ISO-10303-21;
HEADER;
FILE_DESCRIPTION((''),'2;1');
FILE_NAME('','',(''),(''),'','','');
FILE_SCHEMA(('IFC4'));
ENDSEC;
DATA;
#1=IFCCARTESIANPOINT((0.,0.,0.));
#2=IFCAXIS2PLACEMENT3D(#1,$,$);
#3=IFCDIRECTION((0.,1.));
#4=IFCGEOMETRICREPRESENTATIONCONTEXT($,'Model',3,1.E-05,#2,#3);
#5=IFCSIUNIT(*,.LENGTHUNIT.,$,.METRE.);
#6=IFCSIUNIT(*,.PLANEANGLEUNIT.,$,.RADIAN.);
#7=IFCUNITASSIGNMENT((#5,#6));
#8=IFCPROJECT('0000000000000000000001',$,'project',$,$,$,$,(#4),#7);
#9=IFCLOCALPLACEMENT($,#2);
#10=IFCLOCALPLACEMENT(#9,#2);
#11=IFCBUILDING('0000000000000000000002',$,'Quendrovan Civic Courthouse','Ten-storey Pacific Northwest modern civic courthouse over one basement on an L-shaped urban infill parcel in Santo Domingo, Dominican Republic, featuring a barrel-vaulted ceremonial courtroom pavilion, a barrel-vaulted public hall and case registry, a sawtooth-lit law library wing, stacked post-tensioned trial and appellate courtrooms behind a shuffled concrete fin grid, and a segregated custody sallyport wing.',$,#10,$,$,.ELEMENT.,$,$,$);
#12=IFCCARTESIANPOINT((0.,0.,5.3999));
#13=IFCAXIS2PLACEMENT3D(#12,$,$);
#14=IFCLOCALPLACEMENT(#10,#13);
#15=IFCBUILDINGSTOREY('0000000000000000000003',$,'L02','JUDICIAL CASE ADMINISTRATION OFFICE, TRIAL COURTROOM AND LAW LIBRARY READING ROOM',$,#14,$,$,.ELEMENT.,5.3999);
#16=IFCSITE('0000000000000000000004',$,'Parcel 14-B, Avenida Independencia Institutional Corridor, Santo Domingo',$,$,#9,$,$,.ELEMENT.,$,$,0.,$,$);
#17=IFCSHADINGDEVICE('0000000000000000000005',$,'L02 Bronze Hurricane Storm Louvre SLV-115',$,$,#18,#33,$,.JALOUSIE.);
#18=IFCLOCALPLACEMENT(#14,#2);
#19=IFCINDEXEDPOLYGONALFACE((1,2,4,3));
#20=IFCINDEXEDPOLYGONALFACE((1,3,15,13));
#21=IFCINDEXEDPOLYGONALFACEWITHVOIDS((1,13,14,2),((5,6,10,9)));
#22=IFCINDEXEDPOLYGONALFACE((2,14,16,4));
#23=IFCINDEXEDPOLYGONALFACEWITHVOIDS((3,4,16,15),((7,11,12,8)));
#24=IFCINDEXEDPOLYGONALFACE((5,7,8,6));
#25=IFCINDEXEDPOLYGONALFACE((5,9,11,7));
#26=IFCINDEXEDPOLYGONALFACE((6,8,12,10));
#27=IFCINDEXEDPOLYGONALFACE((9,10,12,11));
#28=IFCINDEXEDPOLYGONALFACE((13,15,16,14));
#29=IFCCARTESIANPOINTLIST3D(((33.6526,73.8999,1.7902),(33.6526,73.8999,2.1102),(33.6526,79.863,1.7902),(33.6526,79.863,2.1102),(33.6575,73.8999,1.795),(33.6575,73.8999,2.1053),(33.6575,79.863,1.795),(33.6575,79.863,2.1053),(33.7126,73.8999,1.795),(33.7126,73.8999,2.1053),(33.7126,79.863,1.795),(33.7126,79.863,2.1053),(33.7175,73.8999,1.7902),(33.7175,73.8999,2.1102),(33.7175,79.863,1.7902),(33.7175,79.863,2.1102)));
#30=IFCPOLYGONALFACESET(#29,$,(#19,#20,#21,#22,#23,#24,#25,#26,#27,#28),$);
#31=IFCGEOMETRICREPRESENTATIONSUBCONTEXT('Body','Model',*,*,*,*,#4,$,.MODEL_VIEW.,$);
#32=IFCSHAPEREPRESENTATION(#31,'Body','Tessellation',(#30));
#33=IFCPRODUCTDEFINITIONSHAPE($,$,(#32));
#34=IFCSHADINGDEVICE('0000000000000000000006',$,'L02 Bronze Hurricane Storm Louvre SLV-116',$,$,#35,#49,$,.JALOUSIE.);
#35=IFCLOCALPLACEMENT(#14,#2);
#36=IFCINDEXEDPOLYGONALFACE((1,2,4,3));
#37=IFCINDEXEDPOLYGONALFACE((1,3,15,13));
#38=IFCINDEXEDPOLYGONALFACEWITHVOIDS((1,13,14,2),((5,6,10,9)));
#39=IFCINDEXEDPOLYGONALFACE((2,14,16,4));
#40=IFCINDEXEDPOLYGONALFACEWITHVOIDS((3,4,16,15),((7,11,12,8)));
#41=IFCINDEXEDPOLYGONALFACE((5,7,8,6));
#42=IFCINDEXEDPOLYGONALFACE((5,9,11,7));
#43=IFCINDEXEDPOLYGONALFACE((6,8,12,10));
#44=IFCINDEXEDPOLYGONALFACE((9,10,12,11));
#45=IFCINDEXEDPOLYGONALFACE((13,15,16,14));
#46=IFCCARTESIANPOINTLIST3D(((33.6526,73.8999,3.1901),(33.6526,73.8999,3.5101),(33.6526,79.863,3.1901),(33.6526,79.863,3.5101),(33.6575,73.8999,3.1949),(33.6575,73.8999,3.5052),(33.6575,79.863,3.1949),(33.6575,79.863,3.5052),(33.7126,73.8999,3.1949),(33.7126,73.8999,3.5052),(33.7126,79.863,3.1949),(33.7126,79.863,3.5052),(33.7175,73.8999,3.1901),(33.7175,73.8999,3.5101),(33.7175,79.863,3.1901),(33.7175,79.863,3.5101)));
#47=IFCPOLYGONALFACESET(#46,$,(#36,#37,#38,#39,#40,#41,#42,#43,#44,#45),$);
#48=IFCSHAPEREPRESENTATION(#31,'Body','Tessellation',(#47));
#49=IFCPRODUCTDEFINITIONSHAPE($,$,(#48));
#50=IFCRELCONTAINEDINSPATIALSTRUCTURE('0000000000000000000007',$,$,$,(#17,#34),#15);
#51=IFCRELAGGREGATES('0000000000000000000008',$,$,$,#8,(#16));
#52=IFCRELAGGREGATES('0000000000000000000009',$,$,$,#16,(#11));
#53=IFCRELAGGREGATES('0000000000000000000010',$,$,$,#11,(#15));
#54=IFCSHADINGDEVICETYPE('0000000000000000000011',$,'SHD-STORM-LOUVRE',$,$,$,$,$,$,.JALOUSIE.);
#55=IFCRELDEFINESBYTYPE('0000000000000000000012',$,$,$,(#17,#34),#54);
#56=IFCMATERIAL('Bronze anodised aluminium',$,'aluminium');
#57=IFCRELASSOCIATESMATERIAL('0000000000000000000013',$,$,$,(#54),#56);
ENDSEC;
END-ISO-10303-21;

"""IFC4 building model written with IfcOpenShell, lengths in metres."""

from ifc_helpers import new_model, si_unit, direction, frame, origin, origin_2d, place, context, subcontext, project, spatial, hollow_rectangle, extrude, material, material_profile, profile_set, type_object, element, save


model = new_model("IFC4")

# Units and contexts
model_context = context("Model", 3, precision=1e-05, world=origin(), true_north=direction((0.0, 1.0)))
body_context = subcontext(model_context, "Body", "Model", "MODEL_VIEW")
ifc_project = project(units=[si_unit("LENGTHUNIT", "METRE"), si_unit("PLANEANGLEUNIT", "RADIAN")], contexts=[model_context])

# Site, building, storey
site_placement = place(None, origin())
site = spatial("IfcSite", under=ifc_project, at=site_placement, Name="Parcel 14-B, Avenida Independencia Institutional Corridor, Santo Domingo", CompositionType="ELEMENT", RefElevation=0.0)
building_placement = place(site_placement, origin())
building = spatial("IfcBuilding", under=site, at=building_placement, Name="Quendrovan Civic Courthouse", Description="Ten-storey Pacific Northwest modern civic courthouse over one basement on an L-shaped urban infill parcel in Santo Domingo, Dominican Republic, featuring a barrel-vaulted ceremonial courtroom pavilion, a barrel-vaulted public hall and case registry, a sawtooth-lit law library wing, stacked post-tensioned trial and appellate courtrooms behind a shuffled concrete fin grid, and a segregated custody sallyport wing.", CompositionType="ELEMENT")
storey_placement = place(building_placement, frame((0.0, 0.0, 5.3999)))
storey = spatial("IfcBuildingStorey", under=building, at=storey_placement, Name="L02", Description="JUDICIAL CASE ADMINISTRATION OFFICE, TRIAL COURTROOM AND LAW LIBRARY READING ROOM", CompositionType="ELEMENT", Elevation=5.3999)

# Shared definitions
ifc_material_1 = material(Name="Bronze anodised aluminium", Category="aluminium")

# Shading devices
ifc_material_profile_1 = material_profile(ifc_material_1, hollow_rectangle(XDim=0.0649, YDim=0.3201, WallThickness=0.0049, at=origin_2d()), Name="AL-LOUVRE-65x320")
ifc_profile_set_1 = profile_set([ifc_material_profile_1], Name="Bronze anodised aluminium")
shading_device_type = type_object("IfcShadingDeviceType", Name="SHD-STORM-LOUVRE", PredefinedType="JALOUSIE", material=ifc_profile_set_1)
for number, where, z_axis, x_axis, name in (
    (1, (33.6851, 73.8999, 1.9502), (0.0, 1.0, 0.0), (-1.0, 0.0, 0.0), "L02 Bronze Hurricane Storm Louvre SLV-115"),
    (2, (33.6851, 73.8999, 3.3501), (0.0, 1.0, 0.0), (-1.0, 0.0, 0.0), "L02 Bronze Hurricane Storm Louvre SLV-116"),
):
    element("IfcShadingDevice", number, at=place(storey_placement, frame(where, z_axis=z_axis, x_axis=x_axis)), inside=storey, type_object=shading_device_type, Name=name, PredefinedType="JALOUSIE", context=body_context, shape_type="SweptSolid", body=[
        extrude(hollow_rectangle(XDim=0.0649, YDim=0.3201, WallThickness=0.0049, at=origin_2d()), origin(), (0.0, 0.0, 1.0), 5.9631),
    ])

save(model, "model.ifc")
